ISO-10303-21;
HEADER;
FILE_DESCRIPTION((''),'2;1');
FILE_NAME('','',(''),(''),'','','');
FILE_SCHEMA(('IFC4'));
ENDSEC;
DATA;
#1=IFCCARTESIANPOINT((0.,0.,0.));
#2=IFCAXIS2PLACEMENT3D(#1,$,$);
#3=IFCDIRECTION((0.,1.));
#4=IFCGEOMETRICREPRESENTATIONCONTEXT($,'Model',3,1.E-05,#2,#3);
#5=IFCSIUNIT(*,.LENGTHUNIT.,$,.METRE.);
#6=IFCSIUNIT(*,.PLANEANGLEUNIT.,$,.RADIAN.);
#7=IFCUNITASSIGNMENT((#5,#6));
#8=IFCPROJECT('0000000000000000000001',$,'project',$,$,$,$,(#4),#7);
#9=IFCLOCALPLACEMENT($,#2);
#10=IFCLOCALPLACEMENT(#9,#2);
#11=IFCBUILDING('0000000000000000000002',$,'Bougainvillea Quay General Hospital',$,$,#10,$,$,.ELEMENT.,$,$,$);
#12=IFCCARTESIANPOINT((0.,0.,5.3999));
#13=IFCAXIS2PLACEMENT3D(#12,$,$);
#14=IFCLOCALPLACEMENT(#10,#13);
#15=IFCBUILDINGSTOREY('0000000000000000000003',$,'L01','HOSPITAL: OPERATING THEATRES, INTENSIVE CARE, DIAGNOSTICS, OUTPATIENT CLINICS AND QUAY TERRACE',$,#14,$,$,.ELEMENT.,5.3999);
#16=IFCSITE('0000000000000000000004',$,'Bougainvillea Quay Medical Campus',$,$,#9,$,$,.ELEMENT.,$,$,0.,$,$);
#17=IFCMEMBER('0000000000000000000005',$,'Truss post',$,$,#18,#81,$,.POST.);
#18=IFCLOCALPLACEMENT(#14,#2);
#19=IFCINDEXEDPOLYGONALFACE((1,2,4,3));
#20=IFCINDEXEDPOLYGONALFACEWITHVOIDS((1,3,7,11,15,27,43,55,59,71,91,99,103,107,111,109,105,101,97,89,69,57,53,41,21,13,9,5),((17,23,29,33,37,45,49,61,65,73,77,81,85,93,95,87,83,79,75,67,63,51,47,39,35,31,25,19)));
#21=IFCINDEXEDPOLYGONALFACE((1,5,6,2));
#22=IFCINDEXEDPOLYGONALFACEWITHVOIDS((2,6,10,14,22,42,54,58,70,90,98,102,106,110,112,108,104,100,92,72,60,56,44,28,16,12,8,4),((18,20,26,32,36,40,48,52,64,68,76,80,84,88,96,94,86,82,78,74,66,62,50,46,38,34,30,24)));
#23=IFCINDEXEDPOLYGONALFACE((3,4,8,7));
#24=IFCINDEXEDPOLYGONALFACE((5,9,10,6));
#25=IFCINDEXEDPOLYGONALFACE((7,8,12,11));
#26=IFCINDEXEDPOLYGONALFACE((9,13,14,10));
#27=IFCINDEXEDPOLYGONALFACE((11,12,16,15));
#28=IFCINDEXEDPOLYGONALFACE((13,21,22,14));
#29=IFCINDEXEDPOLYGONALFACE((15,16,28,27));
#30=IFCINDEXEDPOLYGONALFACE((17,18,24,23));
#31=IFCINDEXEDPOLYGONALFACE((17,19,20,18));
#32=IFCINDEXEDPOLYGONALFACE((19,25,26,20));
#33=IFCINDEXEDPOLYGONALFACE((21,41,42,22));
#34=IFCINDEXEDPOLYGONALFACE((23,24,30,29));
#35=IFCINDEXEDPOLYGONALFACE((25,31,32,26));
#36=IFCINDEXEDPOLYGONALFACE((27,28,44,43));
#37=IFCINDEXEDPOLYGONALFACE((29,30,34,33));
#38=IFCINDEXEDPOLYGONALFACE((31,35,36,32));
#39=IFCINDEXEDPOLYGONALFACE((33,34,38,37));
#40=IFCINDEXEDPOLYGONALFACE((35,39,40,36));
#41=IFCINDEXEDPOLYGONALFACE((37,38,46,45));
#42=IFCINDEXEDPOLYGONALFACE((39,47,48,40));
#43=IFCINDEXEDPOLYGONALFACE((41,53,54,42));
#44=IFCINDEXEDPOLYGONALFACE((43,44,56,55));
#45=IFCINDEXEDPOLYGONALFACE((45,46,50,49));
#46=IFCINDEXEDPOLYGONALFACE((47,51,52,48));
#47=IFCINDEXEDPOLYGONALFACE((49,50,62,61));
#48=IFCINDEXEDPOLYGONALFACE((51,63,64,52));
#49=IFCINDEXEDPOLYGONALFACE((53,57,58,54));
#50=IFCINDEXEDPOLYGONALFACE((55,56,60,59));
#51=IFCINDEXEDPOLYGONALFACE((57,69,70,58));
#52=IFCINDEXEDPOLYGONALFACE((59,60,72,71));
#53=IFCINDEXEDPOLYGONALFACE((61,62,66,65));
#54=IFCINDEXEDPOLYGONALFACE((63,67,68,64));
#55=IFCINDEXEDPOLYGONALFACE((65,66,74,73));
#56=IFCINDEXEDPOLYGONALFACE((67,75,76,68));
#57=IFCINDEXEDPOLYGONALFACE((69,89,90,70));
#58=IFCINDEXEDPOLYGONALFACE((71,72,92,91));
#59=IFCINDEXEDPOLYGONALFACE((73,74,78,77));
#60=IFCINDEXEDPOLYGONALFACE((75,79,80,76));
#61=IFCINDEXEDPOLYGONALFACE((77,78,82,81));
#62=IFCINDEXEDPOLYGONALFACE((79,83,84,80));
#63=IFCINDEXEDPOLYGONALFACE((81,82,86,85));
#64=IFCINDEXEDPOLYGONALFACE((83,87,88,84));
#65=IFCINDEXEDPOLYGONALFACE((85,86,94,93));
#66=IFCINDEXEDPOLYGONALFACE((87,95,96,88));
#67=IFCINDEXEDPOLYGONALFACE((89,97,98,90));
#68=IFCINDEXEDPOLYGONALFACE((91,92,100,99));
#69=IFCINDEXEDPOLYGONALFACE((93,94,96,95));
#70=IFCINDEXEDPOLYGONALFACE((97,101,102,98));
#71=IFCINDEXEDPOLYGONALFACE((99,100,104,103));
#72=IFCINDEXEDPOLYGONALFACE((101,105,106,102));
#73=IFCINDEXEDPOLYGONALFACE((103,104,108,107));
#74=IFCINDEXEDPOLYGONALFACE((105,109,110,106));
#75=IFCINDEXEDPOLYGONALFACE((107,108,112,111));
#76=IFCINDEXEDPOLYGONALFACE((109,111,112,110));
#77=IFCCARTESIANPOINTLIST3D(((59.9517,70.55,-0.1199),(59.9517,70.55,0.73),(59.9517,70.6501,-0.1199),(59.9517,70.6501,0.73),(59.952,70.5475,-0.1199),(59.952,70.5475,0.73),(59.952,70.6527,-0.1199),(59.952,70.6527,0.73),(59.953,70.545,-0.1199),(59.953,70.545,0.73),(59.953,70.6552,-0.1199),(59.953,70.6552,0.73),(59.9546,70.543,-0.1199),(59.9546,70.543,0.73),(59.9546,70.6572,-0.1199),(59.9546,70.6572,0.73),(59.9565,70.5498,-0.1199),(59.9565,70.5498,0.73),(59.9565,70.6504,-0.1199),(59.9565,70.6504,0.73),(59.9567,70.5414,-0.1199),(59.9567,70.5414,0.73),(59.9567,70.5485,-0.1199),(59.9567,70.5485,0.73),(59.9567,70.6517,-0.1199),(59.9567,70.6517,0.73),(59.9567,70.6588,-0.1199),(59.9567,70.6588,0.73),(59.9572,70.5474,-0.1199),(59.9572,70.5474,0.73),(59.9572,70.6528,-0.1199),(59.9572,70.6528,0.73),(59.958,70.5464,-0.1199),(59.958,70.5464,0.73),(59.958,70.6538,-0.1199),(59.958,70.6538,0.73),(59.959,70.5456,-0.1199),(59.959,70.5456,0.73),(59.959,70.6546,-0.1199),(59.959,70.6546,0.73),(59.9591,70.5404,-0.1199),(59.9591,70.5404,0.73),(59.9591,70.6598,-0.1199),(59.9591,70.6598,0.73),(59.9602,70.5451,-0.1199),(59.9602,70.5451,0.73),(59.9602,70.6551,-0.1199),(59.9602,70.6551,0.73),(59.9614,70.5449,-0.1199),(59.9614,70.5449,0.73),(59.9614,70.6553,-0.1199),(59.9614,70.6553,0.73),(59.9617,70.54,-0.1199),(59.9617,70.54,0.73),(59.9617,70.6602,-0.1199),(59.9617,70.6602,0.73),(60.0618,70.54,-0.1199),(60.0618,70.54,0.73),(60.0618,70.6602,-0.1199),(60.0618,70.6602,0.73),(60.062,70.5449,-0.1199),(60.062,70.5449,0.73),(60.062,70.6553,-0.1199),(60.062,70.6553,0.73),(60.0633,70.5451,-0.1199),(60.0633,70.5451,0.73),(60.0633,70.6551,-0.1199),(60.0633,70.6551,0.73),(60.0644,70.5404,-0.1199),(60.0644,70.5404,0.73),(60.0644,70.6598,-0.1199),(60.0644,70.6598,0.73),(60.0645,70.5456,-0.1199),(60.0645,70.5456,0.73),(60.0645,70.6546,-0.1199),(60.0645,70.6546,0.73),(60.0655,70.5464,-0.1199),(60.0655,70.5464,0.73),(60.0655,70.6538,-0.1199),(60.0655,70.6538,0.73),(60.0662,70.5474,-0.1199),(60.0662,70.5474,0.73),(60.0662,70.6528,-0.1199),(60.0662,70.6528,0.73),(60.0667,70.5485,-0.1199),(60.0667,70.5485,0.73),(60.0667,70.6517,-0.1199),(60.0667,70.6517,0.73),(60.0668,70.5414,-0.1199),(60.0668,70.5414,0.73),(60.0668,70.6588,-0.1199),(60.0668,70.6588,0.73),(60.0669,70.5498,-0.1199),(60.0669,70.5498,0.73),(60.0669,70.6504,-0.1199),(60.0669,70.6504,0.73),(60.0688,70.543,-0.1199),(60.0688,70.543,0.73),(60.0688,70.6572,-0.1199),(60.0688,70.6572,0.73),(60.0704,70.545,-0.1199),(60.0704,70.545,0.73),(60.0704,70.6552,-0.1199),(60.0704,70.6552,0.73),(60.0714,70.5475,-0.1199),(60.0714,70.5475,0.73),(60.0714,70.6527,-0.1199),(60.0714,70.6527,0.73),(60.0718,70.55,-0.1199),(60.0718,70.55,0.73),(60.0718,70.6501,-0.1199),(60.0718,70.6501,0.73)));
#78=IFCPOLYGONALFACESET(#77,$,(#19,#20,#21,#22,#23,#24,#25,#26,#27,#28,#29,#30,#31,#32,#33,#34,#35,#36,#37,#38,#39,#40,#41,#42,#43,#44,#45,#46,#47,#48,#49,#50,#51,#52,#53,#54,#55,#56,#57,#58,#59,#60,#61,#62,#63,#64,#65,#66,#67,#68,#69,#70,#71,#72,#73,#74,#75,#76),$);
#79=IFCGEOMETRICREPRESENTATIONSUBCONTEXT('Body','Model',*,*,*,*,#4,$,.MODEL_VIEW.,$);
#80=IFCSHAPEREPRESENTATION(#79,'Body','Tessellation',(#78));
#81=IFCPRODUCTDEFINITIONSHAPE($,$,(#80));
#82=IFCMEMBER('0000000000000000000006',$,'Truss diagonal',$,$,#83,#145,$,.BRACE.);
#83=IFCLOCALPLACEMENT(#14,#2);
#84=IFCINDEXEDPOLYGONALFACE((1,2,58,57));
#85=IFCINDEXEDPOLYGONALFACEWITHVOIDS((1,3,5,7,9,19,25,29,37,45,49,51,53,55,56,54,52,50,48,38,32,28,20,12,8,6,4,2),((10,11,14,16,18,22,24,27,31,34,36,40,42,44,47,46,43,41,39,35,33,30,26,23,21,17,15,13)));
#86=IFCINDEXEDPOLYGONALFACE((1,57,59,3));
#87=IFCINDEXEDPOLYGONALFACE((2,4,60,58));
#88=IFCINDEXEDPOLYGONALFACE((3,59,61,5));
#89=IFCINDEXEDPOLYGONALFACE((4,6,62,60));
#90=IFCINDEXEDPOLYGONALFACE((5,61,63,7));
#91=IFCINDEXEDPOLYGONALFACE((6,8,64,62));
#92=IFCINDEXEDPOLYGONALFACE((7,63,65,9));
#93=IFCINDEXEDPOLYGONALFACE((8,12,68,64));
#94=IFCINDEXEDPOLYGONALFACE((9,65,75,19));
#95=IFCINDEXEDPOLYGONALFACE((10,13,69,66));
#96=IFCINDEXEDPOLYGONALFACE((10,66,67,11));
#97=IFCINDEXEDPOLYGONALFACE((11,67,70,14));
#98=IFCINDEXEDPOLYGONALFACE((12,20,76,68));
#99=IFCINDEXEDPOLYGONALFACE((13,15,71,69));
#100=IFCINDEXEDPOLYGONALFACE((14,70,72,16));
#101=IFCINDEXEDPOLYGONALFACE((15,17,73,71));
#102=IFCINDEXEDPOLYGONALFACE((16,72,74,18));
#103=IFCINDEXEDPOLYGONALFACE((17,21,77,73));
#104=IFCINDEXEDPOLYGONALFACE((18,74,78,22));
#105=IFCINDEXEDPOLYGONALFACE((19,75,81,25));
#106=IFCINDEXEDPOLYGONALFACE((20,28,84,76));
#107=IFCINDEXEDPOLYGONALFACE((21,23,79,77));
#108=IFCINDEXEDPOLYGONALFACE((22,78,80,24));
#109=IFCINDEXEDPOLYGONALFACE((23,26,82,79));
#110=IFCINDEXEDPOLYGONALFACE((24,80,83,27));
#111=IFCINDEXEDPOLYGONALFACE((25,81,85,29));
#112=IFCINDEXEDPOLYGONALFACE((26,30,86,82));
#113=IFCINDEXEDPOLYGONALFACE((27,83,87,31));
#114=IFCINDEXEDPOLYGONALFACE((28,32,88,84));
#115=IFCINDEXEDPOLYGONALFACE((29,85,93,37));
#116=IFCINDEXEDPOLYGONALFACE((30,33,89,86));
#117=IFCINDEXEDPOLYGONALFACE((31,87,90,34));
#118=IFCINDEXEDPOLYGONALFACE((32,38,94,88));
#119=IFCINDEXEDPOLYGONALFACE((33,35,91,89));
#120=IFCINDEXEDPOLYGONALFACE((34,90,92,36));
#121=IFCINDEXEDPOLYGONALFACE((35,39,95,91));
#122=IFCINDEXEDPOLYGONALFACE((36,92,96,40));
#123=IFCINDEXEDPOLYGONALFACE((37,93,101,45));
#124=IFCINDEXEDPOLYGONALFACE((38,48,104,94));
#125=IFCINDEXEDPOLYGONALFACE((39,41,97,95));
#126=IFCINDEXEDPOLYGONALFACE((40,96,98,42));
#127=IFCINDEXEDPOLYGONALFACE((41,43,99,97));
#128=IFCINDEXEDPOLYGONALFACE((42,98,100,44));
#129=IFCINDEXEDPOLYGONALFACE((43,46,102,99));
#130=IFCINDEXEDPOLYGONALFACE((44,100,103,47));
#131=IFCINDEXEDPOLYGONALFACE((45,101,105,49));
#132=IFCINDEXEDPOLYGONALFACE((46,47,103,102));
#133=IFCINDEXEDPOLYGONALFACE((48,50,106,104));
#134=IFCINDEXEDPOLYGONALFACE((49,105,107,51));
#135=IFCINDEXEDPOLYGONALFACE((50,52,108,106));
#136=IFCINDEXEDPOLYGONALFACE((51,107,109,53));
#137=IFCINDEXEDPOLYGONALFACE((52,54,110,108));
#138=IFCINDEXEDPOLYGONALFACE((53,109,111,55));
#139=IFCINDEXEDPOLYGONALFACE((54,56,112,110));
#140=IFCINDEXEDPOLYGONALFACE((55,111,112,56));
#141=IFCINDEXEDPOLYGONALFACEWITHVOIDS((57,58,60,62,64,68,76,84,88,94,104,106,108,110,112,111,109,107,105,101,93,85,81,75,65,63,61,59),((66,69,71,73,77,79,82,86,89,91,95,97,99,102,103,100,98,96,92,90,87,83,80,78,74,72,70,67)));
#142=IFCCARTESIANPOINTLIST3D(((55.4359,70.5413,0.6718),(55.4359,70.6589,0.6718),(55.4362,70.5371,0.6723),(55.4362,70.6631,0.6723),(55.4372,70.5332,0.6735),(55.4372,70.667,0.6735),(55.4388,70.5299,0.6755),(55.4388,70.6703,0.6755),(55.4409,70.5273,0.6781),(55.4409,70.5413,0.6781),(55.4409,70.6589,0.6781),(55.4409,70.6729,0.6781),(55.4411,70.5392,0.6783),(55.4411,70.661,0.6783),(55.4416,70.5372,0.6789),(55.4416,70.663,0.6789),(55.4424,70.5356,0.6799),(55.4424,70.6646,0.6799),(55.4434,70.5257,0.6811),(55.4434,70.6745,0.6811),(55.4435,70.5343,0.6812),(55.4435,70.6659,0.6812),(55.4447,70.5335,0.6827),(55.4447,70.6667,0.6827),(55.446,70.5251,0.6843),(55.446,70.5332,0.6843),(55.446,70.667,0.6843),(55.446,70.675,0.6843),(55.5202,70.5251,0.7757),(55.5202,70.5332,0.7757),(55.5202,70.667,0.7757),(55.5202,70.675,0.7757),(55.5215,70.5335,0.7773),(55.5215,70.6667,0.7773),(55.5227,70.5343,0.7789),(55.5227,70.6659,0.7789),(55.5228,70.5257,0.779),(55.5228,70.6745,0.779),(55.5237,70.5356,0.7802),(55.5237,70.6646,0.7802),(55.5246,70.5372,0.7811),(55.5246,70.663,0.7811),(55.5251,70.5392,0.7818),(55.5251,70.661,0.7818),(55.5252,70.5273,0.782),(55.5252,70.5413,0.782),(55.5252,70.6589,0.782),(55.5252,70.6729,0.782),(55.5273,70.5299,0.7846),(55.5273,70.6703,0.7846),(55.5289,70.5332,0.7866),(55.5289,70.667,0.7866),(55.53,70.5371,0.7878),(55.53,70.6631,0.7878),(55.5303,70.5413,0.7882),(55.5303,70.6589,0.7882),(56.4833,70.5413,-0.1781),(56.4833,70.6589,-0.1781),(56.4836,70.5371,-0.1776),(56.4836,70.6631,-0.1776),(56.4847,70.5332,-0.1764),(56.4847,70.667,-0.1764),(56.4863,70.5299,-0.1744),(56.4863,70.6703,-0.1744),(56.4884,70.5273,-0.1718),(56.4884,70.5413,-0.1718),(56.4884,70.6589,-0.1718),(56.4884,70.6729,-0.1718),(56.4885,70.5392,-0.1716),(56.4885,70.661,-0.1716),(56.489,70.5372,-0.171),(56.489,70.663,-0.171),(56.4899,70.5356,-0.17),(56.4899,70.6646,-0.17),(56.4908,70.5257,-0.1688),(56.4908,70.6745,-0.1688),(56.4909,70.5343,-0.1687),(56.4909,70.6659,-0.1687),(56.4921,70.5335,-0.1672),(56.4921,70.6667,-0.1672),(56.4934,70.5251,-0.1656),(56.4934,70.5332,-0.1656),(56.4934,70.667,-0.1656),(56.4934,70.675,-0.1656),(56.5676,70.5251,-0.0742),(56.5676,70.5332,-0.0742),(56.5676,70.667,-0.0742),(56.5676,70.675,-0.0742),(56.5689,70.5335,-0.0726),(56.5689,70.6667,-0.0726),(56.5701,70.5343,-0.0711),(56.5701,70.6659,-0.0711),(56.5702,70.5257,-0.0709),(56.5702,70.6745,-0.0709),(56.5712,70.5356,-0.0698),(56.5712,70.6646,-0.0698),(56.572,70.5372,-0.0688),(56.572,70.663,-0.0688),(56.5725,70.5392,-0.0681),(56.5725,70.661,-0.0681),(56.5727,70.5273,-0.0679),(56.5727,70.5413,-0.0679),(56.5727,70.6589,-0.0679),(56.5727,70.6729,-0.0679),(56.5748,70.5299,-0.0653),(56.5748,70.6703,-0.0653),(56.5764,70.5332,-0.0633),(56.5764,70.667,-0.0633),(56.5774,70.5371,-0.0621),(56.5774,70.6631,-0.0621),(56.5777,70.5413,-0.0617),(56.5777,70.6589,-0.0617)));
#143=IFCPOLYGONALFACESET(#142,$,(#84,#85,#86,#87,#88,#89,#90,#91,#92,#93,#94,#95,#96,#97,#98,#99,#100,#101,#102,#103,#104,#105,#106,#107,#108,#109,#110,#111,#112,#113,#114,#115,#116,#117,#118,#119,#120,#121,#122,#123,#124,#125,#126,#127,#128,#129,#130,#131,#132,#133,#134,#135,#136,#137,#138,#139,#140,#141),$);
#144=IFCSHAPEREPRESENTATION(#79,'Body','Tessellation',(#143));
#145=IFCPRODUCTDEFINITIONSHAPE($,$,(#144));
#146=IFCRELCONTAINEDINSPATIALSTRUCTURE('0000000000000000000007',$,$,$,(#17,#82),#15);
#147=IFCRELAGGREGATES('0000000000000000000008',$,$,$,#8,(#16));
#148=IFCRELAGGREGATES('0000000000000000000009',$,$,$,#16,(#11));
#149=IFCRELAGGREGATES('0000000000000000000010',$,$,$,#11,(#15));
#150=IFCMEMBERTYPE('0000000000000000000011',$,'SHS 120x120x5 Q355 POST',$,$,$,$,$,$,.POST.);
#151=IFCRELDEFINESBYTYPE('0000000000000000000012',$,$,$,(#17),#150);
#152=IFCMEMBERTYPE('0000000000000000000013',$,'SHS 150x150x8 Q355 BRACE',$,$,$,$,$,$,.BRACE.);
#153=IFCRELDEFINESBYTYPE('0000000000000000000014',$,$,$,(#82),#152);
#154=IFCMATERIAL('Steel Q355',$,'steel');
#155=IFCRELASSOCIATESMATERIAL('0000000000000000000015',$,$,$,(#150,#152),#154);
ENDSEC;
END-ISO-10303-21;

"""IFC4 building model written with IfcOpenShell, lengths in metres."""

from ifc_helpers import new_model, si_unit, direction, frame, origin, origin_2d, place, context, subcontext, project, spatial, hollow_rectangle, extrude, material, material_profile, profile_set, type_object, element, save


model = new_model("IFC4")

# Units and contexts
model_context = context("Model", 3, precision=1e-05, world=origin(), true_north=direction((0.0, 1.0)))
body_context = subcontext(model_context, "Body", "Model", "MODEL_VIEW")
ifc_project = project(units=[si_unit("LENGTHUNIT", "METRE"), si_unit("PLANEANGLEUNIT", "RADIAN")], contexts=[model_context])

# Site, building, storey
site_placement = place(None, origin())
site = spatial("IfcSite", under=ifc_project, at=site_placement, Name="Bougainvillea Quay Medical Campus", CompositionType="ELEMENT", RefElevation=0.0)
building_placement = place(site_placement, origin())
building = spatial("IfcBuilding", under=site, at=building_placement, Name="Bougainvillea Quay General Hospital", CompositionType="ELEMENT")
storey_placement = place(building_placement, frame((0.0, 0.0, 5.3999)))
storey = spatial("IfcBuildingStorey", under=building, at=storey_placement, Name="L01", Description="HOSPITAL: OPERATING THEATRES, INTENSIVE CARE, DIAGNOSTICS, OUTPATIENT CLINICS AND QUAY TERRACE", CompositionType="ELEMENT", Elevation=5.3999)

# Members
ifc_material_1 = material(Name="Steel Q355", Category="steel")
ifc_material_profile_1 = material_profile(ifc_material_1, hollow_rectangle(XDim=0.1201, YDim=0.1201, WallThickness=0.0049, InnerFilletRadius=0.0049, OuterFilletRadius=0.01, at=origin_2d()))
ifc_profile_set_1 = profile_set([ifc_material_profile_1], Name="Steel Q355")
member_type_1 = type_object("IfcMemberType", Name="SHS 120x120x5 Q355 POST", PredefinedType="POST", material=ifc_profile_set_1)
for number, where, z_axis, x_axis, name in (
    (1, (60.0117, 70.6001, -0.1199), (0.0, 0.0, 1.0), (1.0, 0.0, 0.0), "Truss post"),
):
    element("IfcMember", number, at=place(storey_placement, frame(where, z_axis=z_axis, x_axis=x_axis)), inside=storey, type_object=member_type_1, Name=name, PredefinedType="POST", context=body_context, shape_type="SweptSolid", body=[
        extrude(hollow_rectangle(XDim=0.1201, YDim=0.1201, WallThickness=0.0049, InnerFilletRadius=0.0049, OuterFilletRadius=0.01, at=origin_2d()), origin(), (0.0, 0.0, 1.0), 0.8499),
    ])
ifc_material_profile_2 = material_profile(ifc_material_1, hollow_rectangle(XDim=0.1499, YDim=0.1499, WallThickness=0.0081, InnerFilletRadius=0.0081, OuterFilletRadius=0.0161, at=origin_2d()))
ifc_profile_set_2 = profile_set([ifc_material_profile_2], Name="Steel Q355")
member_type_2 = type_object("IfcMemberType", Name="SHS 150x150x8 Q355 BRACE", PredefinedType="BRACE", material=ifc_profile_set_2)
for number, where, z_axis, x_axis, name in (
    (2, (56.5305, 70.6001, -0.1199), (-0.776524, 0.0, 0.630088), (0.0, -1.0, 0.0), "Truss diagonal"),
):
    element("IfcMember", number, at=place(storey_placement, frame(where, z_axis=z_axis, x_axis=x_axis)), inside=storey, type_object=member_type_2, Name=name, PredefinedType="BRACE", context=body_context, shape_type="SweptSolid", body=[
        extrude(hollow_rectangle(XDim=0.1499, YDim=0.1499, WallThickness=0.0081, InnerFilletRadius=0.0081, OuterFilletRadius=0.0161, at=origin_2d()), origin(), (0.0, 0.0, 1.0), 1.3489),
    ])

save(model, "model.ifc")
